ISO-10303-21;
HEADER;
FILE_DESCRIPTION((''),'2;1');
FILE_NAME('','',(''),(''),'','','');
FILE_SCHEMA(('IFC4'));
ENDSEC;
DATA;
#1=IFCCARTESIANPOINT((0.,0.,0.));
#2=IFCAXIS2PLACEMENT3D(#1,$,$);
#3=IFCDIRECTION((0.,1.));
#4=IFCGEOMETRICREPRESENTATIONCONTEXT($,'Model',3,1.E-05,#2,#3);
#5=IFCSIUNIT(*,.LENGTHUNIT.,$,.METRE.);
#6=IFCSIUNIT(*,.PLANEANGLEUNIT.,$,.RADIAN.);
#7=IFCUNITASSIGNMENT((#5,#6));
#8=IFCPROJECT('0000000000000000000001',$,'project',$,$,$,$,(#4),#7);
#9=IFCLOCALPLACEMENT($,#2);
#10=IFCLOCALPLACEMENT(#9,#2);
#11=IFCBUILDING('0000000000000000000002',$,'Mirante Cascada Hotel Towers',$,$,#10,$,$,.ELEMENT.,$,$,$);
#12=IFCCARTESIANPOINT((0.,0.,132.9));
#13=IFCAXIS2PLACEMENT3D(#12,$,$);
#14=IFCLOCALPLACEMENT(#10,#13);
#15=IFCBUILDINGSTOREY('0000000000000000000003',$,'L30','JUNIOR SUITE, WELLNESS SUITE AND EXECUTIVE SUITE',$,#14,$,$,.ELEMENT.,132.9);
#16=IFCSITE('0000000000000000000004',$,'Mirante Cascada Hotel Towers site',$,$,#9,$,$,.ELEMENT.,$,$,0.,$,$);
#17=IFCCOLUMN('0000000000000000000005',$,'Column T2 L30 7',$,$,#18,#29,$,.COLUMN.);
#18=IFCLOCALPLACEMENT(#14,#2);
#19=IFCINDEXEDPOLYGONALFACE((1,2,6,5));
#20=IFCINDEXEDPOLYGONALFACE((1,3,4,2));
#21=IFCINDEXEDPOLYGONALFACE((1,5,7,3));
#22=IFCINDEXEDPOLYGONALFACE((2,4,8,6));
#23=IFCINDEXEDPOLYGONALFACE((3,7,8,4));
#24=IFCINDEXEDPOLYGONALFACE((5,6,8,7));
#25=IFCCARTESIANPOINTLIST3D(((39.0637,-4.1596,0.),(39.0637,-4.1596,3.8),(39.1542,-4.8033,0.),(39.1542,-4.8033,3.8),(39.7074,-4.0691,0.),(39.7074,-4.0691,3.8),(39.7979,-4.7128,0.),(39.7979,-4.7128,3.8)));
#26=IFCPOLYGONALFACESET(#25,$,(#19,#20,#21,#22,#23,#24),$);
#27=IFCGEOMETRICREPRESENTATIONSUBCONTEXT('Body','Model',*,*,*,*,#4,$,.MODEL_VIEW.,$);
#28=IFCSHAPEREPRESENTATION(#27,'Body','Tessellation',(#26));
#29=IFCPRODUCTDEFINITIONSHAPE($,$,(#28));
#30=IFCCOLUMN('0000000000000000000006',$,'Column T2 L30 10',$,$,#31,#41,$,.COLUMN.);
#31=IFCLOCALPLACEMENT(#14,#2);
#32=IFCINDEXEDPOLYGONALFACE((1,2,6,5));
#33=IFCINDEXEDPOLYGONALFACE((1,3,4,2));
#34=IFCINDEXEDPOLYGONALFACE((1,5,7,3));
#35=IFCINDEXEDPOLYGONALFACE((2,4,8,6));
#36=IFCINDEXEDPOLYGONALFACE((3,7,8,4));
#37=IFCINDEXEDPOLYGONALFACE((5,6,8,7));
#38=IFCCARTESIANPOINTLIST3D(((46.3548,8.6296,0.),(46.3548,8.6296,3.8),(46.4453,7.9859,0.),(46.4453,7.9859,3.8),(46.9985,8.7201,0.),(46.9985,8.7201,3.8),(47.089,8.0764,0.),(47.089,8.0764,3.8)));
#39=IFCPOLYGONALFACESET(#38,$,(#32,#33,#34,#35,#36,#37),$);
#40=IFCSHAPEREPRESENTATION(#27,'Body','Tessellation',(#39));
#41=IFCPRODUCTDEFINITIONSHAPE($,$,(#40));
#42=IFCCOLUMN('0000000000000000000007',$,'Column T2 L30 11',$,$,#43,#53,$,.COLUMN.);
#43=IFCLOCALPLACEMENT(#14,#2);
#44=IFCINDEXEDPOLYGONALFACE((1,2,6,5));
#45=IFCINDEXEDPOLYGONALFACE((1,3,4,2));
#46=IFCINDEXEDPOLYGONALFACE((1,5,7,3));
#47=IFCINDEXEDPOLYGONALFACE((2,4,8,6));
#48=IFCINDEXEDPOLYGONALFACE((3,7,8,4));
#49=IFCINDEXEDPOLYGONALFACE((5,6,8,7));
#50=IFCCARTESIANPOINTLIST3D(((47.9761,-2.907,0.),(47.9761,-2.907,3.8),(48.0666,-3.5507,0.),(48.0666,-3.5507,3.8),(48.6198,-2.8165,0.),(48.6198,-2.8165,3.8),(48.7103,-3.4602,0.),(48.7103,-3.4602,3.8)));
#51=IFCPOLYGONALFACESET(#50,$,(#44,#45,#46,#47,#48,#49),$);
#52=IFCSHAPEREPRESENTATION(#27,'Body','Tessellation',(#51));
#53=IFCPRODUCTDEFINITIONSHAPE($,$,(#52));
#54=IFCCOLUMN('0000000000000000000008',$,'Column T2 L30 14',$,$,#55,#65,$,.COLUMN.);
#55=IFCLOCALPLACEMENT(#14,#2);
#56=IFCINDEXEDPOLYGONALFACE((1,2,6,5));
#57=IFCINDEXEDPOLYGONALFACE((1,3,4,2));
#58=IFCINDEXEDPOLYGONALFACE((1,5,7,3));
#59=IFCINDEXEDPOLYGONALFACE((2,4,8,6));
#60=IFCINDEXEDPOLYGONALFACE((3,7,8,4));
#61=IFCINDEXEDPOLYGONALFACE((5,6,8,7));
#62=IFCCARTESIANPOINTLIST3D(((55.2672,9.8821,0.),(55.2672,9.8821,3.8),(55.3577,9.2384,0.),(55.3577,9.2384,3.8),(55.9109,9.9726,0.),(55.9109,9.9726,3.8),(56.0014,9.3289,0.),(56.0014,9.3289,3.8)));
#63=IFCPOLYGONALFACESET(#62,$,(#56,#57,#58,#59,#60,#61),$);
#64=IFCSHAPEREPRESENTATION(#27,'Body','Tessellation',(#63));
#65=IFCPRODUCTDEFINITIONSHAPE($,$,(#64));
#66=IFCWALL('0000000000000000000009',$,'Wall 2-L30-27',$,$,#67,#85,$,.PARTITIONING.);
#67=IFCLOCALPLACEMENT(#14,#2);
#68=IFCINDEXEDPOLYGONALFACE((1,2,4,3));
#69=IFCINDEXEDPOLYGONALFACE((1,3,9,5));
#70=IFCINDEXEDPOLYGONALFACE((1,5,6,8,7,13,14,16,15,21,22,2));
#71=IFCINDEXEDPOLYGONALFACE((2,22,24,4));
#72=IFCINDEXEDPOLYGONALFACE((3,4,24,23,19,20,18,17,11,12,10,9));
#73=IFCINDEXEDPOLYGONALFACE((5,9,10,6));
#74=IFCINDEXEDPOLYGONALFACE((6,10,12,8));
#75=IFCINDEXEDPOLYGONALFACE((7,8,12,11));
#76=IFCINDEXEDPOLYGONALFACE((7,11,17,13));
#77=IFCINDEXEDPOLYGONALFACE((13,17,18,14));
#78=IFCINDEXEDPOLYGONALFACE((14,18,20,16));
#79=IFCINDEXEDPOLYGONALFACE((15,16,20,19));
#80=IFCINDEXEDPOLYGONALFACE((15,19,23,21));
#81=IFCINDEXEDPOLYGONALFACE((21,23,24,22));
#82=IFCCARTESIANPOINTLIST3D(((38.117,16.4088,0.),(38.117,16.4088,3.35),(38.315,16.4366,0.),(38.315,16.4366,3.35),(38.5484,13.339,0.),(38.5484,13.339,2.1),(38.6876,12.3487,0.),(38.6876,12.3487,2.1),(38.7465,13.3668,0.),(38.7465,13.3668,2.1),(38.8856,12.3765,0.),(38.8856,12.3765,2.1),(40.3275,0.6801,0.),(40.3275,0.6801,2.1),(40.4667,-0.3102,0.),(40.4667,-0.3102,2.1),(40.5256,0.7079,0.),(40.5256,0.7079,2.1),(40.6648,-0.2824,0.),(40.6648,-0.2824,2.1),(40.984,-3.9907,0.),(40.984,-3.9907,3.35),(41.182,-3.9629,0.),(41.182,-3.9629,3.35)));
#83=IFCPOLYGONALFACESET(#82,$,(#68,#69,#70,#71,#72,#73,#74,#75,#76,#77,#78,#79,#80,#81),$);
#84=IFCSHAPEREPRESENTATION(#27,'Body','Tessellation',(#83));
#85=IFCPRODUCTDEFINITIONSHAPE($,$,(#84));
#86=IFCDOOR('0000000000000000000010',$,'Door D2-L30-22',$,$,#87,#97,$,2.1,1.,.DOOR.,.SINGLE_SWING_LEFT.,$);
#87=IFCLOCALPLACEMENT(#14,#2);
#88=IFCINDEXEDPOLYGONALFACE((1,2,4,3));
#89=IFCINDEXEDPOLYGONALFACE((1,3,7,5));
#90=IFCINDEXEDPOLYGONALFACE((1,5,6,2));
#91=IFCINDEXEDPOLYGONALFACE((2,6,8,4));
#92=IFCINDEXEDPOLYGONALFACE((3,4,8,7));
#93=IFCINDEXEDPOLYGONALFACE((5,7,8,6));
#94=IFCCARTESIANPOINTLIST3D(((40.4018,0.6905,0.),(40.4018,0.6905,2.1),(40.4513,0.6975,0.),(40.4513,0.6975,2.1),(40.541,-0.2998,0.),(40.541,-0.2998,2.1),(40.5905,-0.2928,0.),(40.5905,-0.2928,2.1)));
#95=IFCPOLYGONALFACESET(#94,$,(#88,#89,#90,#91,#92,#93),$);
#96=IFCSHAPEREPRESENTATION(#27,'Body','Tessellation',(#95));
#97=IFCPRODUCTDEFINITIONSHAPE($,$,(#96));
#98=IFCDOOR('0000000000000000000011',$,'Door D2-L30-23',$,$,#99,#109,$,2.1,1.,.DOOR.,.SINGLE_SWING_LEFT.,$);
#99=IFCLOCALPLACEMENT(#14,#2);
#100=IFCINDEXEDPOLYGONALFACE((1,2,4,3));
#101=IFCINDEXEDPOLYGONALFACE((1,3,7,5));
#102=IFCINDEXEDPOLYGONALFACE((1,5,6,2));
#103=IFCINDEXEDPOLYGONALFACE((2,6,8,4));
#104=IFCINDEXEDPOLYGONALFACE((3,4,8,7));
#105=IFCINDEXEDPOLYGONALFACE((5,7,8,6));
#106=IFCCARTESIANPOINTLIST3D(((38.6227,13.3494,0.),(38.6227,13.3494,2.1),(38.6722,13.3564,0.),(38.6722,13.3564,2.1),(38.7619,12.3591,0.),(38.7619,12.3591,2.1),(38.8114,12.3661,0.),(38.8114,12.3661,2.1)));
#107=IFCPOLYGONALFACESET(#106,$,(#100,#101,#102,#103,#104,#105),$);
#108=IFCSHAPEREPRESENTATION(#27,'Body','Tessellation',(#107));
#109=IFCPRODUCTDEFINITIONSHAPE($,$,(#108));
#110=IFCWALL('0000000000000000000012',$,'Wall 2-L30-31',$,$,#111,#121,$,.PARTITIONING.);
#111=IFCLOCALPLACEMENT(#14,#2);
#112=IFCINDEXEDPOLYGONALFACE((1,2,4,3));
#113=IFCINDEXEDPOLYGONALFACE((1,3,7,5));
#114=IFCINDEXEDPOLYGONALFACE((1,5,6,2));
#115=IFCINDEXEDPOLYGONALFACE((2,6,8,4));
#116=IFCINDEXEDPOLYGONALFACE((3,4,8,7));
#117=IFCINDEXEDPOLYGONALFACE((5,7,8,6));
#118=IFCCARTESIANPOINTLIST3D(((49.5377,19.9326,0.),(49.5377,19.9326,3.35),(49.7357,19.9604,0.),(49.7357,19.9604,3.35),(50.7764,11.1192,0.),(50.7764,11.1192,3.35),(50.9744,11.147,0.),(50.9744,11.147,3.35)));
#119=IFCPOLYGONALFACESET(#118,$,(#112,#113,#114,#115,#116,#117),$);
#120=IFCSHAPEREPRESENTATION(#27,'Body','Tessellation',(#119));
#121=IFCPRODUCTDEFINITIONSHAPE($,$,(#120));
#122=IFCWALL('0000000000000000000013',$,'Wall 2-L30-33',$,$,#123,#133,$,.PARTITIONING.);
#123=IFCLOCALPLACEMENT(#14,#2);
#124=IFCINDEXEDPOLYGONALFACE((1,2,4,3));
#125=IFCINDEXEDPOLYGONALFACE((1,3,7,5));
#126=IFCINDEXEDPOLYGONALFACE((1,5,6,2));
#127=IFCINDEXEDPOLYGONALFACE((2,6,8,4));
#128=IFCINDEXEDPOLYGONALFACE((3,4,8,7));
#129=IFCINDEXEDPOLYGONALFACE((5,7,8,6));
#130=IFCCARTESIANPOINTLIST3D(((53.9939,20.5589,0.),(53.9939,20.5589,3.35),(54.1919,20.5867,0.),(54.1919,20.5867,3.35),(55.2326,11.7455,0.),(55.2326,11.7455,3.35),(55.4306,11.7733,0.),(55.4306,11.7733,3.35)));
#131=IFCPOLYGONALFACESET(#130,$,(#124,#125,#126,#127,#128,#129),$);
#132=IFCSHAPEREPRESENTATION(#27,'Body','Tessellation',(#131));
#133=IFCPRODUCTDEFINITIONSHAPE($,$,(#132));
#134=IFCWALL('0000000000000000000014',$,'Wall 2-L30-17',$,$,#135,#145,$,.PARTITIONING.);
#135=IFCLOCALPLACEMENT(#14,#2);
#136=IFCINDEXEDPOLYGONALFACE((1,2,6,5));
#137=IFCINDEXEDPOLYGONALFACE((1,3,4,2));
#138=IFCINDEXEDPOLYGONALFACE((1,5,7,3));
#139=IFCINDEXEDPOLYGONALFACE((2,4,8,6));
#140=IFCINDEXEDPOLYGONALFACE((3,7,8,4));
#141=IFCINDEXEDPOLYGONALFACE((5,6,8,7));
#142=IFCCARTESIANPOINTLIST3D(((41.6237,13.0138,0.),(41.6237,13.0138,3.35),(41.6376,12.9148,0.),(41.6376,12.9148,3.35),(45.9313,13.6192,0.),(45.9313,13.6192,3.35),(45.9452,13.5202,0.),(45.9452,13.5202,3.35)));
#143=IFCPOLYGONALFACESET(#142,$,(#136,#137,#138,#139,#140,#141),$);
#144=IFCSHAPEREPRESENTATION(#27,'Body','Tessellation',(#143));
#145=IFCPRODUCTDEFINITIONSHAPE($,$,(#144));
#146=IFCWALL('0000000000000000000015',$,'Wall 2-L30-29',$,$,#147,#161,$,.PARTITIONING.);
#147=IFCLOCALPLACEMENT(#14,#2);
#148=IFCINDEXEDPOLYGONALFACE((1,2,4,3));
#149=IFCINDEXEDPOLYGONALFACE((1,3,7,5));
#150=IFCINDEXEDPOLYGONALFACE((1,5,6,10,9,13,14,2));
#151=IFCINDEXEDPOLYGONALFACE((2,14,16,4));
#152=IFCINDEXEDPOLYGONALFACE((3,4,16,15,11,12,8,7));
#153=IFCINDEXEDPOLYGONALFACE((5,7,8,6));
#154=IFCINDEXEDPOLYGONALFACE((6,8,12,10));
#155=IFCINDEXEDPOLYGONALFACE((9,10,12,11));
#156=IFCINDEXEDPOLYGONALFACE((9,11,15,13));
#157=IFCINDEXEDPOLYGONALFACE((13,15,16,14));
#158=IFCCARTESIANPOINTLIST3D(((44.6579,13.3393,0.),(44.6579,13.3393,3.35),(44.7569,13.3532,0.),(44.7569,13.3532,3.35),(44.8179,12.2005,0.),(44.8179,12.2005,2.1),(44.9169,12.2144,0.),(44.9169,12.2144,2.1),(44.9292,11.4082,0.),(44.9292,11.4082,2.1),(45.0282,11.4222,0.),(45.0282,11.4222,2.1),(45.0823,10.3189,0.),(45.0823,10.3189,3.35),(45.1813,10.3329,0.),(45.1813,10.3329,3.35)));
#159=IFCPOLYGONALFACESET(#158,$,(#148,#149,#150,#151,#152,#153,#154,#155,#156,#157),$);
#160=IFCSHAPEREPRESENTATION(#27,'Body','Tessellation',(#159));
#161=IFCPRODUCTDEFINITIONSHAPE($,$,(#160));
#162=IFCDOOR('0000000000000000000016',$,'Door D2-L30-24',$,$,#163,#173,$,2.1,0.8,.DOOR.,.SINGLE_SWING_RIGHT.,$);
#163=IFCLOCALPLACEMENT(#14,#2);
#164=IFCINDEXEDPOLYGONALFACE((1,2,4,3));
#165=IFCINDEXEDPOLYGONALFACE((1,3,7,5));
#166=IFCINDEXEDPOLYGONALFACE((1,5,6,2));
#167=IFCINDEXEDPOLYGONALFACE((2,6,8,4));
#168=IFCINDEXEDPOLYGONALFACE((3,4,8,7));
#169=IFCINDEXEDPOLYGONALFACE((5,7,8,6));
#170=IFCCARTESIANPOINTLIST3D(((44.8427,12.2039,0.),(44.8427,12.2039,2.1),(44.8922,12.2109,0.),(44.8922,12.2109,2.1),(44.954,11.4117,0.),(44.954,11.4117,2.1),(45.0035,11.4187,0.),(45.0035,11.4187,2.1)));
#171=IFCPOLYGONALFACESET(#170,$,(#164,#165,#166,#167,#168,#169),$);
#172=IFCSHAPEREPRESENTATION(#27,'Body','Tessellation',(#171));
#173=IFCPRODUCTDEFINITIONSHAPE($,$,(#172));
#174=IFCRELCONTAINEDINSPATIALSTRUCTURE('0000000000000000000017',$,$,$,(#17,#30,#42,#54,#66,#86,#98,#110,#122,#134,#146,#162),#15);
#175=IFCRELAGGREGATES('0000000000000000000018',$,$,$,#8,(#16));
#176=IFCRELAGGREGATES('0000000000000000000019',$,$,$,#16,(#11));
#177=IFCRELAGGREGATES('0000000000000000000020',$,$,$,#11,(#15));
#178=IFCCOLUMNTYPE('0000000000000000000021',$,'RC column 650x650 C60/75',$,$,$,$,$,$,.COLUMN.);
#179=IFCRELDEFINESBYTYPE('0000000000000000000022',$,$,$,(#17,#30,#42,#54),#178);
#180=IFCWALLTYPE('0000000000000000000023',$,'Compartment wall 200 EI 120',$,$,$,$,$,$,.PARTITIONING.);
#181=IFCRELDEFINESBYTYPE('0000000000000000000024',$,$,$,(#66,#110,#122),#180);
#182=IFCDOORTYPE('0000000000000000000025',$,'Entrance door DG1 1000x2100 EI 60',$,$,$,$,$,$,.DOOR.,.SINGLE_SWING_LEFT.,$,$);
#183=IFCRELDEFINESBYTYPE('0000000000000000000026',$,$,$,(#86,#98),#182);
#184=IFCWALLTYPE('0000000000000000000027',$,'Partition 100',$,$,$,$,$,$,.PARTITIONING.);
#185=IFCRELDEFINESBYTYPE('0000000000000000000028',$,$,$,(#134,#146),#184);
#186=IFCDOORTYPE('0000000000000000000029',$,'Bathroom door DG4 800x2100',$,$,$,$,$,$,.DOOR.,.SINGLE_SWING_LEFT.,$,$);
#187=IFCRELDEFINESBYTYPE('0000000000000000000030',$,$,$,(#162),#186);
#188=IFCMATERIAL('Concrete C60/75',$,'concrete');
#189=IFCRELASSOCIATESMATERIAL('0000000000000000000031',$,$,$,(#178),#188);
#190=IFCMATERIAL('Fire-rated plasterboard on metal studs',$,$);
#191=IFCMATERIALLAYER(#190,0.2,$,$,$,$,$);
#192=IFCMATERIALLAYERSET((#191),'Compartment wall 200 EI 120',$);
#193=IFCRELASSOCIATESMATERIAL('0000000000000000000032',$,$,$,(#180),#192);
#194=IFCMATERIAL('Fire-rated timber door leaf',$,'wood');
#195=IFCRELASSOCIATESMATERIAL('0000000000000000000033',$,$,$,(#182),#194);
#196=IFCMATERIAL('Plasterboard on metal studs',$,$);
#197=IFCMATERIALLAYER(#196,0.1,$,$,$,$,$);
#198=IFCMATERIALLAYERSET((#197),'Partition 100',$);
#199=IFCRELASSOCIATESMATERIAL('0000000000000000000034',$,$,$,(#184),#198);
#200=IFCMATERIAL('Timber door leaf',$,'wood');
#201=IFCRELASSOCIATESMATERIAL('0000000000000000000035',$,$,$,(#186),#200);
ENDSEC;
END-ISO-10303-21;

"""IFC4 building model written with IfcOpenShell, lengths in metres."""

from ifc_helpers import new_model, si_unit, direction, frame, frame_2d, origin, origin_2d, place, context, subcontext, project, spatial, rectangle, extrude, material, layer, layer_set, material_profile, profile_set, type_object, element, fill, save


model = new_model("IFC4")

# Units and contexts
model_context = context("Model", 3, precision=1e-05, world=origin(), true_north=direction((0.0, 1.0)))
body_context = subcontext(model_context, "Body", "Model", "MODEL_VIEW")
ifc_project = project(units=[si_unit("LENGTHUNIT", "METRE"), si_unit("PLANEANGLEUNIT", "RADIAN")], contexts=[model_context])

# Site, building, storey
site_placement = place(None, origin())
site = spatial("IfcSite", under=ifc_project, at=site_placement, Name="Mirante Cascada Hotel Towers site", CompositionType="ELEMENT", RefElevation=0.0)
building_placement = place(site_placement, origin())
building = spatial("IfcBuilding", under=site, at=building_placement, Name="Mirante Cascada Hotel Towers", CompositionType="ELEMENT")
storey_placement = place(building_placement, frame((0.0, 0.0, 132.9)))
storey = spatial("IfcBuildingStorey", under=building, at=storey_placement, Name="L30", Description="JUNIOR SUITE, WELLNESS SUITE AND EXECUTIVE SUITE", CompositionType="ELEMENT", Elevation=132.9)

# Columns
ifc_material_1 = material(Name="Concrete C60/75", Category="concrete")
ifc_material_profile = material_profile(ifc_material_1, rectangle(XDim=0.65, YDim=0.65, at=origin_2d()), Name="RC column 650x650 C60/75")
ifc_profile_set = profile_set([ifc_material_profile], Name="Concrete C60/75")
column_type = type_object("IfcColumnType", Name="RC column 650x650 C60/75", PredefinedType="COLUMN", material=ifc_profile_set)
for number, where, z_axis, x_axis, name in (
    (1, (39.4308, -4.4362, 0.0), (0.0, 0.0, 1.0), (0.990268, 0.139173, 0.0), "Column T2 L30 7"),
    (2, (46.7219, 8.353, 0.0), (0.0, 0.0, 1.0), (0.990268, 0.139173, 0.0), "Column T2 L30 10"),
    (3, (48.3432, -3.1836, 0.0), (0.0, 0.0, 1.0), (0.990268, 0.139173, 0.0), "Column T2 L30 11"),
    (4, (55.6343, 9.6055, 0.0), (0.0, 0.0, 1.0), (0.990268, 0.139173, 0.0), "Column T2 L30 14"),
):
    element("IfcColumn", number, at=place(storey_placement, frame(where, z_axis=z_axis, x_axis=x_axis)), inside=storey, type_object=column_type, Name=name, PredefinedType="COLUMN", context=body_context, shape_type="SweptSolid", body=[
        extrude(rectangle(XDim=0.65, YDim=0.65, at=origin_2d()), origin(), (0.0, 0.0, 1.0), 3.8),
    ])

# Wall, openings, doors
ifc_material_2 = material(Name="Fire-rated plasterboard on metal studs")
ifc_layer_1 = layer(ifc_material_2, 0.2)
ifc_layer_set_1 = layer_set([ifc_layer_1], Name="Compartment wall 200 EI 120")
wall_type_1 = type_object("IfcWallType", Name="Compartment wall 200 EI 120", PredefinedType="PARTITIONING", material=ifc_layer_set_1)
wall_1_placement = place(storey_placement, frame((41.083, -3.9768, 0.0), z_axis=(0.0, 0.0, 1.0), x_axis=(-0.139175, 0.990268, 0.0)))
wall_1 = element("IfcWall", 5, at=wall_1_placement, inside=storey, type_object=wall_type_1, Name="Wall 2-L30-27", PredefinedType="PARTITIONING", context=body_context, shape_type="SweptSolid", body=[
    extrude(rectangle(XDim=20.6, YDim=0.2, at=frame_2d((10.3, 0.0))), origin(), (0.0, 0.0, 1.0), 3.35),
])
opening_1_placement = place(wall_1_placement, frame((3.7167, 0.0, 0.0)))
opening_1 = element("IfcOpeningElement", 6, at=opening_1_placement, cuts=wall_1, PredefinedType="OPENING", context=body_context, shape_type="SweptSolid", body=[
    extrude(rectangle(XDim=1.0, YDim=2.1, at=frame_2d((0.5, 1.05))), frame((0.0, 0.1, 0.0), z_axis=(0.0, -1.0, 0.0), x_axis=(1.0, 0.0, 0.0)), (0.0, 0.0, 1.0), 0.2),
])
opening_2_placement = place(wall_1_placement, frame((16.5, 0.0, 0.0)))
opening_2 = element("IfcOpeningElement", 7, at=opening_2_placement, cuts=wall_1, PredefinedType="OPENING", context=body_context, shape_type="SweptSolid", body=[
    extrude(rectangle(XDim=1.0, YDim=2.1, at=frame_2d((0.5, 1.05))), frame((0.0, 0.1, 0.0), z_axis=(0.0, -1.0, 0.0), x_axis=(1.0, 0.0, 0.0)), (0.0, 0.0, 1.0), 0.2),
])
ifc_material_3 = material(Name="Fire-rated timber door leaf", Category="wood")
door_type_1 = type_object("IfcDoorType", Name="Entrance door DG1 1000x2100 EI 60", OperationType="SINGLE_SWING_LEFT", PredefinedType="DOOR", material=ifc_material_3)
door_1_placement = place(opening_1_placement, origin())
door_1 = element("IfcDoor", 8, at=door_1_placement, inside=storey, type_object=door_type_1, Name="Door D2-L30-22", OperationType="SINGLE_SWING_LEFT", OverallHeight=2.1, OverallWidth=1.0, PredefinedType="DOOR", context=body_context, shape_type="SweptSolid", body=[
    extrude(rectangle(XDim=1.0, YDim=2.1, at=frame_2d((0.5, 1.05))), frame((0.0, 0.025, 0.0), z_axis=(0.0, -1.0, 0.0), x_axis=(1.0, 0.0, 0.0)), (0.0, 0.0, 1.0), 0.05),
])
fill(opening_1, door_1)
door_2_placement = place(opening_2_placement, origin())
door_2 = element("IfcDoor", 9, at=door_2_placement, inside=storey, type_object=door_type_1, Name="Door D2-L30-23", OperationType="SINGLE_SWING_LEFT", OverallHeight=2.1, OverallWidth=1.0, PredefinedType="DOOR", context=body_context, shape_type="SweptSolid", body=[
    extrude(rectangle(XDim=1.0, YDim=2.1, at=frame_2d((0.5, 1.05))), frame((0.0, 0.025, 0.0), z_axis=(0.0, -1.0, 0.0), x_axis=(1.0, 0.0, 0.0)), (0.0, 0.0, 1.0), 0.05),
])
fill(opening_2, door_2)

# Walls
for number, where, z_axis, x_axis, name in (
    (10, (50.8754, 11.1331, 0.0), (0.0, 0.0, 1.0), (-0.139179, 0.990267, 0.0), "Wall 2-L30-31"),
    (11, (55.3316, 11.7594, 0.0), (0.0, 0.0, 1.0), (-0.139179, 0.990267, 0.0), "Wall 2-L30-33"),
):
    element("IfcWall", number, at=place(storey_placement, frame(where, z_axis=z_axis, x_axis=x_axis)), inside=storey, type_object=wall_type_1, Name=name, PredefinedType="PARTITIONING", context=body_context, shape_type="SweptSolid", body=[
        extrude(rectangle(XDim=8.9, YDim=0.2, at=frame_2d((4.45, 0.0))), origin(), (0.0, 0.0, 1.0), 3.35),
    ])
ifc_material_4 = material(Name="Plasterboard on metal studs")
ifc_layer_2 = layer(ifc_material_4, 0.1)
ifc_layer_set_2 = layer_set([ifc_layer_2], Name="Partition 100")
wall_type_2 = type_object("IfcWallType", Name="Partition 100", PredefinedType="PARTITIONING", material=ifc_layer_set_2)
wall_2_placement = place(storey_placement, frame((41.6306, 12.9643, 0.0), z_axis=(0.0, 0.0, 1.0), x_axis=(0.990268, 0.139175, 0.0)))
element("IfcWall", 12, at=wall_2_placement, inside=storey, type_object=wall_type_2, Name="Wall 2-L30-17", PredefinedType="PARTITIONING", context=body_context, shape_type="SweptSolid", body=[
    extrude(rectangle(XDim=4.3499, YDim=0.1, at=frame_2d((2.175, 0.0))), origin(), (0.0, 0.0, 1.0), 3.35),
])

# Wall, opening, door
wall_3_placement = place(storey_placement, frame((45.1318, 10.3259, 0.0), z_axis=(0.0, 0.0, 1.0), x_axis=(-0.139149, 0.990271, 0.0)))
wall_3 = element("IfcWall", 13, at=wall_3_placement, inside=storey, type_object=wall_type_2, Name="Wall 2-L30-29", PredefinedType="PARTITIONING", context=body_context, shape_type="SweptSolid", body=[
    extrude(rectangle(XDim=3.05, YDim=0.1, at=frame_2d((1.525, 0.0))), origin(), (0.0, 0.0, 1.0), 3.35),
])
opening_3_placement = place(wall_3_placement, frame((1.1, 0.0, 0.0)))
opening_3 = element("IfcOpeningElement", 14, at=opening_3_placement, cuts=wall_3, PredefinedType="OPENING", context=body_context, shape_type="SweptSolid", body=[
    extrude(rectangle(XDim=0.8, YDim=2.1, at=frame_2d((0.4, 1.05))), frame((0.0, 0.05, 0.0), z_axis=(0.0, -1.0, 0.0), x_axis=(1.0, 0.0, 0.0)), (0.0, 0.0, 1.0), 0.1),
])
ifc_material_5 = material(Name="Timber door leaf", Category="wood")
door_type_2 = type_object("IfcDoorType", Name="Bathroom door DG4 800x2100", OperationType="SINGLE_SWING_LEFT", PredefinedType="DOOR", material=ifc_material_5)
door_3_placement = place(opening_3_placement, frame((0.8, 0.0, 0.0), z_axis=(0.0, 0.0, 1.0), x_axis=(-1.0, 0.0, 0.0)))
door_3 = element("IfcDoor", 15, at=door_3_placement, inside=storey, type_object=door_type_2, Name="Door D2-L30-24", OperationType="SINGLE_SWING_RIGHT", OverallHeight=2.1, OverallWidth=0.8, PredefinedType="DOOR", context=body_context, shape_type="SweptSolid", body=[
    extrude(rectangle(XDim=0.8, YDim=2.1, at=frame_2d((0.4, 1.05))), frame((0.0, 0.025, 0.0), z_axis=(0.0, -1.0, 0.0), x_axis=(1.0, 0.0, 0.0)), (0.0, 0.0, 1.0), 0.05),
])
fill(opening_3, door_3)

save(model, "model.ifc")
